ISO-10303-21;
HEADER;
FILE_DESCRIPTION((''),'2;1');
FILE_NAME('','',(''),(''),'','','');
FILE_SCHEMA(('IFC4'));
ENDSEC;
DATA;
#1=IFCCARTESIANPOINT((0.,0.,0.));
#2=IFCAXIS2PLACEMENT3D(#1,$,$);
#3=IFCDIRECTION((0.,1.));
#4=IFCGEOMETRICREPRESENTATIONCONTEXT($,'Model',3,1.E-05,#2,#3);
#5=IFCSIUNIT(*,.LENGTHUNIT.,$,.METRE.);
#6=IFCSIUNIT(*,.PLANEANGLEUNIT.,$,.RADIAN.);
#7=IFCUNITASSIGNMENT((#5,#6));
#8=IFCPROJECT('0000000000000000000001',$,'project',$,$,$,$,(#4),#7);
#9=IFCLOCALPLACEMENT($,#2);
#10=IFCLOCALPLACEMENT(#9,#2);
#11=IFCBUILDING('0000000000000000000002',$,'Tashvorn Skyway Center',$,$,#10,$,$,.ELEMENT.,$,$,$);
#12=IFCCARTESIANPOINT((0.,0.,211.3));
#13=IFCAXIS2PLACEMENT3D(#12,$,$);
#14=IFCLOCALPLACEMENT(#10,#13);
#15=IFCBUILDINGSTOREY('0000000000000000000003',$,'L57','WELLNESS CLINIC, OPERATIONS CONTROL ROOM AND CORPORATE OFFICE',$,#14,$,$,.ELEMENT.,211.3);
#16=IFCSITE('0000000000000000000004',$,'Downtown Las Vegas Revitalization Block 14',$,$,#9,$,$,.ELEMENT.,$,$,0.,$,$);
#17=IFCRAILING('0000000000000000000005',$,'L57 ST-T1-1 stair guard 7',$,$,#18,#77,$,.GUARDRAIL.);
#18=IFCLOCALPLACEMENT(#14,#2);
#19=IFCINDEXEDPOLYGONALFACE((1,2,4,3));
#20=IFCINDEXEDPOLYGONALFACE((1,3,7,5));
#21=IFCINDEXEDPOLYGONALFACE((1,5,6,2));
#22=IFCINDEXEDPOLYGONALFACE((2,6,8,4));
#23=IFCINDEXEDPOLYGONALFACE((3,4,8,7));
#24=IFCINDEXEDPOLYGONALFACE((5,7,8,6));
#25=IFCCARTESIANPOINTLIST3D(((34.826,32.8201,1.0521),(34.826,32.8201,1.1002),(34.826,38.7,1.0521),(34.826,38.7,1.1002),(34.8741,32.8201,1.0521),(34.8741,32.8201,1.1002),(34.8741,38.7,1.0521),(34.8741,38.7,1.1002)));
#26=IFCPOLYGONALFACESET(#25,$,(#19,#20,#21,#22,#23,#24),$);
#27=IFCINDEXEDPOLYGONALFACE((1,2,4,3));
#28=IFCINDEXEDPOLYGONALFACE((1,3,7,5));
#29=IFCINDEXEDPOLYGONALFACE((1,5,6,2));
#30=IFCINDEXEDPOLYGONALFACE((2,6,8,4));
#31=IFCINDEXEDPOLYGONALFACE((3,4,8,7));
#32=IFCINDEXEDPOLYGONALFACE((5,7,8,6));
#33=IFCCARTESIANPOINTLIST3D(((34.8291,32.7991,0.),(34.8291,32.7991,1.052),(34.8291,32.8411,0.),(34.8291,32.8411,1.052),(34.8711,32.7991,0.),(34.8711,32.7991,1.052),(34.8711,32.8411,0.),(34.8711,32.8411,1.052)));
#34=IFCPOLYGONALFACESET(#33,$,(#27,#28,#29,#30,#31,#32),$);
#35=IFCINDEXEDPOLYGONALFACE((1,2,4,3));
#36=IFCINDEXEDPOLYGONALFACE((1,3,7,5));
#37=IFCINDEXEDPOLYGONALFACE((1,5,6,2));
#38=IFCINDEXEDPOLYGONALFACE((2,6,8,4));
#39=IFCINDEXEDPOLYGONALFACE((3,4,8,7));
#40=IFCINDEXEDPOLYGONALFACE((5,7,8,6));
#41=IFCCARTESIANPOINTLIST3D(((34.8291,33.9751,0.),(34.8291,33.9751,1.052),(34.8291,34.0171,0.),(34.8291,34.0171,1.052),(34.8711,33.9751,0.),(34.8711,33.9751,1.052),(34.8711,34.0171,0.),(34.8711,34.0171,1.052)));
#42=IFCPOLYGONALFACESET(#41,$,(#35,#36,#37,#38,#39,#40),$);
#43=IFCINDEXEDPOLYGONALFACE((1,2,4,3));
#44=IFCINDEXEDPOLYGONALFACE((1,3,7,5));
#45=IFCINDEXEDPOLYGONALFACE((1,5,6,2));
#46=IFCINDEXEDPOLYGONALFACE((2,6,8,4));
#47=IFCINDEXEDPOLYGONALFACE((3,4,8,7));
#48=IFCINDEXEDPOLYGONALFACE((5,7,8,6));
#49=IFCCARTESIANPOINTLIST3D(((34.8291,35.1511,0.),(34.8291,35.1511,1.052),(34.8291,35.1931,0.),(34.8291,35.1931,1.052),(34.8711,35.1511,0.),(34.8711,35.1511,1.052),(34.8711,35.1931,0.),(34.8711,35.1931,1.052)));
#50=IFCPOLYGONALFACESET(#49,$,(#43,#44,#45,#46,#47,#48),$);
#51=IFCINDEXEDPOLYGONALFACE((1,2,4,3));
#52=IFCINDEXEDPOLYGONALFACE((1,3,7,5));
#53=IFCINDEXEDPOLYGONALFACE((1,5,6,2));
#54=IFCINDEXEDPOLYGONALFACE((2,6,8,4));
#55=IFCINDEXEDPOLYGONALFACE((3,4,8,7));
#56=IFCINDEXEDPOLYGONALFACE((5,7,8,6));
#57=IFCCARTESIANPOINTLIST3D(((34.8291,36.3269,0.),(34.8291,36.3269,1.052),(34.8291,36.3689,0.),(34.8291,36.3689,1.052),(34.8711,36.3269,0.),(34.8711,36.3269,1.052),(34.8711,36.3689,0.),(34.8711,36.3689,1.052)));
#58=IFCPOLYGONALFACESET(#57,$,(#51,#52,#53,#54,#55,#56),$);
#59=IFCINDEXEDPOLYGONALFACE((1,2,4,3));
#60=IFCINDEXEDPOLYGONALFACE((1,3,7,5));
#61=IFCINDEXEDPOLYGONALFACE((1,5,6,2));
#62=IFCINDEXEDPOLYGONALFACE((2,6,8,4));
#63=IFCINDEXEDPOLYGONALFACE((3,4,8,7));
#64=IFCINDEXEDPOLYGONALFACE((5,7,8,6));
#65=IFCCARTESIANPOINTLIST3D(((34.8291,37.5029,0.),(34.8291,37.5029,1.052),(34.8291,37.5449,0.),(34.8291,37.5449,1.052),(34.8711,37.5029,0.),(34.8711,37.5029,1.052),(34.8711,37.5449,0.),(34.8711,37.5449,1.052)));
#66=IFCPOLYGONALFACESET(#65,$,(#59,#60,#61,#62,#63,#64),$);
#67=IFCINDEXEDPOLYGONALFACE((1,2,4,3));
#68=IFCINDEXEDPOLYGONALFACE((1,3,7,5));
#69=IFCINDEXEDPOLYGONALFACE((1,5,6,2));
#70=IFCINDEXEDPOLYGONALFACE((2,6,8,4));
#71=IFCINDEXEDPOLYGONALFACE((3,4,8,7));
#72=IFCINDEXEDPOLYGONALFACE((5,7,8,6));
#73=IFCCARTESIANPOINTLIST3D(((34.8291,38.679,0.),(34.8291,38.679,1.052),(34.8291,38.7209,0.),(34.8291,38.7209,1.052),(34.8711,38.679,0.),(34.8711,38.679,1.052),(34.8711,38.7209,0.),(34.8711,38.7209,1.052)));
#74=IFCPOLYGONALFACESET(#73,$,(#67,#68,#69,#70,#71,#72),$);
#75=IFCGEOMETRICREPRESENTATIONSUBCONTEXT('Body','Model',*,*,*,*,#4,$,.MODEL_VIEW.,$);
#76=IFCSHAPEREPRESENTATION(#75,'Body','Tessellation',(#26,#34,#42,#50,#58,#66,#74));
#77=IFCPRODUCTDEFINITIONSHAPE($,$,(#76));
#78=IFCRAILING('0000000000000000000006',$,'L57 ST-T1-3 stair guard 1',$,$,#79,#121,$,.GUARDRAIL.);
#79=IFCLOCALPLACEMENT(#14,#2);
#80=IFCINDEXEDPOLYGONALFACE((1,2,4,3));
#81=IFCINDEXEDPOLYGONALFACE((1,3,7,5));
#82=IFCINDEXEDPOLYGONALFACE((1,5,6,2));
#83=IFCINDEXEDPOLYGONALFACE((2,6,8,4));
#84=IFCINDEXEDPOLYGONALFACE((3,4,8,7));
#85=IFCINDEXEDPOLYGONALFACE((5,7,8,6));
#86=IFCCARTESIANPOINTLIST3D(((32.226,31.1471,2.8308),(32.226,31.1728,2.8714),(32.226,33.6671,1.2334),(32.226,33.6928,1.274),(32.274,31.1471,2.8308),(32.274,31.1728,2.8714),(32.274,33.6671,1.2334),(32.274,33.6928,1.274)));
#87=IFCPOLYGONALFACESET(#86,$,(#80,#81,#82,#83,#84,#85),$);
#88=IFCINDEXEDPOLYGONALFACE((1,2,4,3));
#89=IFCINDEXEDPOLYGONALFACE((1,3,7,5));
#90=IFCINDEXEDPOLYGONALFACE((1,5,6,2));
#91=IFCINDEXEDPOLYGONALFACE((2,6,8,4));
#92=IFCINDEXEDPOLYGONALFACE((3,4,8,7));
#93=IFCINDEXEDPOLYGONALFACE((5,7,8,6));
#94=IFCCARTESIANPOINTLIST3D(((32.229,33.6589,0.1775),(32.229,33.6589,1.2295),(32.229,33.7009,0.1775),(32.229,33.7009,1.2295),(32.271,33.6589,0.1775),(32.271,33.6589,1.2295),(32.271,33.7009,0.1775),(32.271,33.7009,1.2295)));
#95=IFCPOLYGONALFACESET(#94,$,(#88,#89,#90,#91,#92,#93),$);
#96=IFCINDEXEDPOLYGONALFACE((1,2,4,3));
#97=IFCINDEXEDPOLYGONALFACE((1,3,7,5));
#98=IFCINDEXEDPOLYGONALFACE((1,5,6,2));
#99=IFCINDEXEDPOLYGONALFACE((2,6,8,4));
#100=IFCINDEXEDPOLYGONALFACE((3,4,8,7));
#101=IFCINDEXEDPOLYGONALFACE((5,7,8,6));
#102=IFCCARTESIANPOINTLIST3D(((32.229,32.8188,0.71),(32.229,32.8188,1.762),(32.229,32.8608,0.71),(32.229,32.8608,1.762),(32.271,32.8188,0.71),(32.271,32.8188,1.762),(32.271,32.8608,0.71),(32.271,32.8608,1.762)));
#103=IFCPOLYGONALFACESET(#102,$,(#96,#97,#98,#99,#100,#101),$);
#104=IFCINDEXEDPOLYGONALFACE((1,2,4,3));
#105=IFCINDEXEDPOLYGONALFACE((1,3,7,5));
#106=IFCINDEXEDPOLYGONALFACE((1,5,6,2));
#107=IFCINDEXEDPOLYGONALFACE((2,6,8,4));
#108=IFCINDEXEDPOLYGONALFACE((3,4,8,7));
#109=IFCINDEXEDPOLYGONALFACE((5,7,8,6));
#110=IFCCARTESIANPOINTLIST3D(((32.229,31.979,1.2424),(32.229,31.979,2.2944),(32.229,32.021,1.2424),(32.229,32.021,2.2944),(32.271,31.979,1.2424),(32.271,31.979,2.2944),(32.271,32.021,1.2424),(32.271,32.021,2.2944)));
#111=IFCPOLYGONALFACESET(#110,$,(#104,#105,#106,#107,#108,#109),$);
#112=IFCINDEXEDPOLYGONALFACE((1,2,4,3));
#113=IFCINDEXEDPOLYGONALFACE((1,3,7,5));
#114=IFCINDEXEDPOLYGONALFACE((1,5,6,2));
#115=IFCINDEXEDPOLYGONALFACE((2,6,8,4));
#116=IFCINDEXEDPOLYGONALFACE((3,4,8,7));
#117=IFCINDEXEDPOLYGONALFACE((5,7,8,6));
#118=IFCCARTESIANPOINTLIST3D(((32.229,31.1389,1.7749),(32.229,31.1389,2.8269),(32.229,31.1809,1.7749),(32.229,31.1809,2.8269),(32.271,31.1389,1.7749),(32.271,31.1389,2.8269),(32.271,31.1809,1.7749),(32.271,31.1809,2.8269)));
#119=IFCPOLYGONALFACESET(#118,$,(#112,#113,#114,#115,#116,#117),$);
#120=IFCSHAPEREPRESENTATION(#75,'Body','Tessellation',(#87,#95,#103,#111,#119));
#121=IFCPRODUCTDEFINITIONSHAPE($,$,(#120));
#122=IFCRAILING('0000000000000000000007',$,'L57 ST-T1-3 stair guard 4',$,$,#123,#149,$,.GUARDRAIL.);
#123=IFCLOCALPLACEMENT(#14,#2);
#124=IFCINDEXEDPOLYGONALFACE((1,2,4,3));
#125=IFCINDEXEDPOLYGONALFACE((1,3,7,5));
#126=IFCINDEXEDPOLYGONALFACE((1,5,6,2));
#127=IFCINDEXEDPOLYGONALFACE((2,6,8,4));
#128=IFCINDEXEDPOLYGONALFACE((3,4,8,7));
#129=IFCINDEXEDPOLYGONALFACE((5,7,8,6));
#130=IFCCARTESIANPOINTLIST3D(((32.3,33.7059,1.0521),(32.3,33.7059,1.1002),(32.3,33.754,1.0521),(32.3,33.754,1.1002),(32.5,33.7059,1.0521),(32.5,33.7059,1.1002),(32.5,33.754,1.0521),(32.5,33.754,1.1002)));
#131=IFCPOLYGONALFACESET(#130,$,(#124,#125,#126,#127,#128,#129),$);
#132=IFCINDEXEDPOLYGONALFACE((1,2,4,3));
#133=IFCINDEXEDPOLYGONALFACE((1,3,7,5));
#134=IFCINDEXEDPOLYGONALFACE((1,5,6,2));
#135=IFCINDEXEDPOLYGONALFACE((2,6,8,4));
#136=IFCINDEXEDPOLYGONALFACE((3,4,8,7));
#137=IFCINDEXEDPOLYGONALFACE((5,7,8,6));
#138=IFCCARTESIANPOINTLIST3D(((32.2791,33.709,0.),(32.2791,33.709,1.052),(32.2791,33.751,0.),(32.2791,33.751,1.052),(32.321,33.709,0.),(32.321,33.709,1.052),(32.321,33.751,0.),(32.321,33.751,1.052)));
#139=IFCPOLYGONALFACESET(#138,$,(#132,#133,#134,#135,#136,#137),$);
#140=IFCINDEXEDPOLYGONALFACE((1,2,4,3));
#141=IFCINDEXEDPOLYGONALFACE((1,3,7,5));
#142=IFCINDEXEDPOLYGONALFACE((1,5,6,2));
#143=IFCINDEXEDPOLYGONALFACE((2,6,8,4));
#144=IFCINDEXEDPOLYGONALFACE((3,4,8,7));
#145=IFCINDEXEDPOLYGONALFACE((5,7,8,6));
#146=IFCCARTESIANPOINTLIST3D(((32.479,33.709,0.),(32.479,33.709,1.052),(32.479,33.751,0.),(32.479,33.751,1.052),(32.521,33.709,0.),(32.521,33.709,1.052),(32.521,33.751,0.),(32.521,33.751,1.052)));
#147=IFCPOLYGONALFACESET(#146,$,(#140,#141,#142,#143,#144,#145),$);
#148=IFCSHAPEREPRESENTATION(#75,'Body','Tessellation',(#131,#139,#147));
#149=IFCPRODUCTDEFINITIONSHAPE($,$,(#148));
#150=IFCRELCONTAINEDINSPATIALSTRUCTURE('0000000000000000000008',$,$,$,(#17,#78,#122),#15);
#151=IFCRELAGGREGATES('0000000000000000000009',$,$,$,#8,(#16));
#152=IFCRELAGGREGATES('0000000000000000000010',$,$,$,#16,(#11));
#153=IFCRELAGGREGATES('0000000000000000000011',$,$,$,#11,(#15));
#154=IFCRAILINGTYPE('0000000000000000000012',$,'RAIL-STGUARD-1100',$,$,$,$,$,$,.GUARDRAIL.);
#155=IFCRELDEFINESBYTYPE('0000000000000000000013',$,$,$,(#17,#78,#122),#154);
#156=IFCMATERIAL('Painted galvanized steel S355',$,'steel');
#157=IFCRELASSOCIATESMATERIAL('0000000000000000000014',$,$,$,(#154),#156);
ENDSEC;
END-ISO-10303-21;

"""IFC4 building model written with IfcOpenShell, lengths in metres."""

from ifc_helpers import new_model, si_unit, direction, frame, origin, origin_2d, place, context, subcontext, project, spatial, rectangle, extrude, material, type_object, element, save


model = new_model("IFC4")

# Units and contexts
model_context = context("Model", 3, precision=1e-05, world=origin(), true_north=direction((0.0, 1.0)))
body_context = subcontext(model_context, "Body", "Model", "MODEL_VIEW")
ifc_project = project(units=[si_unit("LENGTHUNIT", "METRE"), si_unit("PLANEANGLEUNIT", "RADIAN")], contexts=[model_context])

# Site, building, storey
site_placement = place(None, origin())
site = spatial("IfcSite", under=ifc_project, at=site_placement, Name="Downtown Las Vegas Revitalization Block 14", CompositionType="ELEMENT", RefElevation=0.0)
building_placement = place(site_placement, origin())
building = spatial("IfcBuilding", under=site, at=building_placement, Name="Tashvorn Skyway Center", CompositionType="ELEMENT")
storey_placement = place(building_placement, frame((0.0, 0.0, 211.3)))
storey = spatial("IfcBuildingStorey", under=building, at=storey_placement, Name="L57", Description="WELLNESS CLINIC, OPERATIONS CONTROL ROOM AND CORPORATE OFFICE", CompositionType="ELEMENT", Elevation=211.3)

# Railings
ifc_material_1 = material(Name="Painted galvanized steel S355", Category="steel")
railing_type_1 = type_object("IfcRailingType", Name="RAIL-STGUARD-1100", PredefinedType="GUARDRAIL", material=ifc_material_1)
railing_1_placement = place(storey_placement, frame((34.8501, 32.8201, 0.0)))
element("IfcRailing", 1, at=railing_1_placement, inside=storey, type_object=railing_type_1, Name="L57 ST-T1-1 stair guard 7", PredefinedType="GUARDRAIL", context=body_context, shape_type="SweptSolid", body=[
    extrude(rectangle(XDim=0.0481, YDim=0.0481, at=origin_2d()), frame((0.0, 0.0, 1.0762), z_axis=(0.0, 1.0, 0.0), x_axis=(-1.0, 0.0, 0.0)), (0.0, 0.0, 1.0), 5.8799),
    extrude(rectangle(XDim=0.042, YDim=0.042, at=origin_2d()), origin(), (0.0, 0.0, 1.0), 1.052),
    extrude(rectangle(XDim=0.042, YDim=0.042, at=origin_2d()), frame((0.0, 1.176, 0.0)), (0.0, 0.0, 1.0), 1.052),
    extrude(rectangle(XDim=0.042, YDim=0.042, at=origin_2d()), frame((0.0, 2.3521, 0.0)), (0.0, 0.0, 1.0), 1.052),
    extrude(rectangle(XDim=0.042, YDim=0.042, at=origin_2d()), frame((0.0, 3.5278, 0.0)), (0.0, 0.0, 1.0), 1.052),
    extrude(rectangle(XDim=0.042, YDim=0.042, at=origin_2d()), frame((0.0, 4.7039, 0.0)), (0.0, 0.0, 1.0), 1.052),
    extrude(rectangle(XDim=0.042, YDim=0.042, at=origin_2d()), frame((0.0, 5.8799, 0.0)), (0.0, 0.0, 1.0), 1.052),
])
railing_2_placement = place(storey_placement, frame((32.25, 33.6799, 0.1775)))
element("IfcRailing", 2, at=railing_2_placement, inside=storey, type_object=railing_type_1, Name="L57 ST-T1-3 stair guard 1", PredefinedType="GUARDRAIL", context=body_context, shape_type="SweptSolid", body=[
    extrude(rectangle(XDim=0.0481, YDim=0.0481, at=origin_2d()), frame((0.0, 0.0, 1.0762), z_axis=(0.0, -0.844607, 0.535387), x_axis=(1.0, 0.0, 0.0)), (0.0, 0.0, 1.0), 2.9836),
    extrude(rectangle(XDim=0.042, YDim=0.042, at=origin_2d()), origin(), (0.0, 0.0, 1.0), 1.052),
    extrude(rectangle(XDim=0.042, YDim=0.042, at=origin_2d()), frame((0.0, -0.8401, 0.5325)), (0.0, 0.0, 1.0), 1.052),
    extrude(rectangle(XDim=0.042, YDim=0.042, at=origin_2d()), frame((0.0, -1.6799, 1.0649)), (0.0, 0.0, 1.0), 1.052),
    extrude(rectangle(XDim=0.042, YDim=0.042, at=origin_2d()), frame((0.0, -2.52, 1.5974)), (0.0, 0.0, 1.0), 1.052),
])
railing_3_placement = place(storey_placement, frame((32.3, 33.73, 0.0)))
element("IfcRailing", 3, at=railing_3_placement, inside=storey, type_object=railing_type_1, Name="L57 ST-T1-3 stair guard 4", PredefinedType="GUARDRAIL", context=body_context, shape_type="SweptSolid", body=[
    extrude(rectangle(XDim=0.0481, YDim=0.0481, at=origin_2d()), frame((0.0, 0.0, 1.0762), z_axis=(1.0, 0.0, 0.0), x_axis=(0.0, 1.0, 0.0)), (0.0, 0.0, 1.0), 0.2),
    extrude(rectangle(XDim=0.042, YDim=0.042, at=origin_2d()), origin(), (0.0, 0.0, 1.0), 1.052),
    extrude(rectangle(XDim=0.042, YDim=0.042, at=origin_2d()), frame((0.2, 0.0, 0.0)), (0.0, 0.0, 1.0), 1.052),
])

save(model, "model.ifc")
